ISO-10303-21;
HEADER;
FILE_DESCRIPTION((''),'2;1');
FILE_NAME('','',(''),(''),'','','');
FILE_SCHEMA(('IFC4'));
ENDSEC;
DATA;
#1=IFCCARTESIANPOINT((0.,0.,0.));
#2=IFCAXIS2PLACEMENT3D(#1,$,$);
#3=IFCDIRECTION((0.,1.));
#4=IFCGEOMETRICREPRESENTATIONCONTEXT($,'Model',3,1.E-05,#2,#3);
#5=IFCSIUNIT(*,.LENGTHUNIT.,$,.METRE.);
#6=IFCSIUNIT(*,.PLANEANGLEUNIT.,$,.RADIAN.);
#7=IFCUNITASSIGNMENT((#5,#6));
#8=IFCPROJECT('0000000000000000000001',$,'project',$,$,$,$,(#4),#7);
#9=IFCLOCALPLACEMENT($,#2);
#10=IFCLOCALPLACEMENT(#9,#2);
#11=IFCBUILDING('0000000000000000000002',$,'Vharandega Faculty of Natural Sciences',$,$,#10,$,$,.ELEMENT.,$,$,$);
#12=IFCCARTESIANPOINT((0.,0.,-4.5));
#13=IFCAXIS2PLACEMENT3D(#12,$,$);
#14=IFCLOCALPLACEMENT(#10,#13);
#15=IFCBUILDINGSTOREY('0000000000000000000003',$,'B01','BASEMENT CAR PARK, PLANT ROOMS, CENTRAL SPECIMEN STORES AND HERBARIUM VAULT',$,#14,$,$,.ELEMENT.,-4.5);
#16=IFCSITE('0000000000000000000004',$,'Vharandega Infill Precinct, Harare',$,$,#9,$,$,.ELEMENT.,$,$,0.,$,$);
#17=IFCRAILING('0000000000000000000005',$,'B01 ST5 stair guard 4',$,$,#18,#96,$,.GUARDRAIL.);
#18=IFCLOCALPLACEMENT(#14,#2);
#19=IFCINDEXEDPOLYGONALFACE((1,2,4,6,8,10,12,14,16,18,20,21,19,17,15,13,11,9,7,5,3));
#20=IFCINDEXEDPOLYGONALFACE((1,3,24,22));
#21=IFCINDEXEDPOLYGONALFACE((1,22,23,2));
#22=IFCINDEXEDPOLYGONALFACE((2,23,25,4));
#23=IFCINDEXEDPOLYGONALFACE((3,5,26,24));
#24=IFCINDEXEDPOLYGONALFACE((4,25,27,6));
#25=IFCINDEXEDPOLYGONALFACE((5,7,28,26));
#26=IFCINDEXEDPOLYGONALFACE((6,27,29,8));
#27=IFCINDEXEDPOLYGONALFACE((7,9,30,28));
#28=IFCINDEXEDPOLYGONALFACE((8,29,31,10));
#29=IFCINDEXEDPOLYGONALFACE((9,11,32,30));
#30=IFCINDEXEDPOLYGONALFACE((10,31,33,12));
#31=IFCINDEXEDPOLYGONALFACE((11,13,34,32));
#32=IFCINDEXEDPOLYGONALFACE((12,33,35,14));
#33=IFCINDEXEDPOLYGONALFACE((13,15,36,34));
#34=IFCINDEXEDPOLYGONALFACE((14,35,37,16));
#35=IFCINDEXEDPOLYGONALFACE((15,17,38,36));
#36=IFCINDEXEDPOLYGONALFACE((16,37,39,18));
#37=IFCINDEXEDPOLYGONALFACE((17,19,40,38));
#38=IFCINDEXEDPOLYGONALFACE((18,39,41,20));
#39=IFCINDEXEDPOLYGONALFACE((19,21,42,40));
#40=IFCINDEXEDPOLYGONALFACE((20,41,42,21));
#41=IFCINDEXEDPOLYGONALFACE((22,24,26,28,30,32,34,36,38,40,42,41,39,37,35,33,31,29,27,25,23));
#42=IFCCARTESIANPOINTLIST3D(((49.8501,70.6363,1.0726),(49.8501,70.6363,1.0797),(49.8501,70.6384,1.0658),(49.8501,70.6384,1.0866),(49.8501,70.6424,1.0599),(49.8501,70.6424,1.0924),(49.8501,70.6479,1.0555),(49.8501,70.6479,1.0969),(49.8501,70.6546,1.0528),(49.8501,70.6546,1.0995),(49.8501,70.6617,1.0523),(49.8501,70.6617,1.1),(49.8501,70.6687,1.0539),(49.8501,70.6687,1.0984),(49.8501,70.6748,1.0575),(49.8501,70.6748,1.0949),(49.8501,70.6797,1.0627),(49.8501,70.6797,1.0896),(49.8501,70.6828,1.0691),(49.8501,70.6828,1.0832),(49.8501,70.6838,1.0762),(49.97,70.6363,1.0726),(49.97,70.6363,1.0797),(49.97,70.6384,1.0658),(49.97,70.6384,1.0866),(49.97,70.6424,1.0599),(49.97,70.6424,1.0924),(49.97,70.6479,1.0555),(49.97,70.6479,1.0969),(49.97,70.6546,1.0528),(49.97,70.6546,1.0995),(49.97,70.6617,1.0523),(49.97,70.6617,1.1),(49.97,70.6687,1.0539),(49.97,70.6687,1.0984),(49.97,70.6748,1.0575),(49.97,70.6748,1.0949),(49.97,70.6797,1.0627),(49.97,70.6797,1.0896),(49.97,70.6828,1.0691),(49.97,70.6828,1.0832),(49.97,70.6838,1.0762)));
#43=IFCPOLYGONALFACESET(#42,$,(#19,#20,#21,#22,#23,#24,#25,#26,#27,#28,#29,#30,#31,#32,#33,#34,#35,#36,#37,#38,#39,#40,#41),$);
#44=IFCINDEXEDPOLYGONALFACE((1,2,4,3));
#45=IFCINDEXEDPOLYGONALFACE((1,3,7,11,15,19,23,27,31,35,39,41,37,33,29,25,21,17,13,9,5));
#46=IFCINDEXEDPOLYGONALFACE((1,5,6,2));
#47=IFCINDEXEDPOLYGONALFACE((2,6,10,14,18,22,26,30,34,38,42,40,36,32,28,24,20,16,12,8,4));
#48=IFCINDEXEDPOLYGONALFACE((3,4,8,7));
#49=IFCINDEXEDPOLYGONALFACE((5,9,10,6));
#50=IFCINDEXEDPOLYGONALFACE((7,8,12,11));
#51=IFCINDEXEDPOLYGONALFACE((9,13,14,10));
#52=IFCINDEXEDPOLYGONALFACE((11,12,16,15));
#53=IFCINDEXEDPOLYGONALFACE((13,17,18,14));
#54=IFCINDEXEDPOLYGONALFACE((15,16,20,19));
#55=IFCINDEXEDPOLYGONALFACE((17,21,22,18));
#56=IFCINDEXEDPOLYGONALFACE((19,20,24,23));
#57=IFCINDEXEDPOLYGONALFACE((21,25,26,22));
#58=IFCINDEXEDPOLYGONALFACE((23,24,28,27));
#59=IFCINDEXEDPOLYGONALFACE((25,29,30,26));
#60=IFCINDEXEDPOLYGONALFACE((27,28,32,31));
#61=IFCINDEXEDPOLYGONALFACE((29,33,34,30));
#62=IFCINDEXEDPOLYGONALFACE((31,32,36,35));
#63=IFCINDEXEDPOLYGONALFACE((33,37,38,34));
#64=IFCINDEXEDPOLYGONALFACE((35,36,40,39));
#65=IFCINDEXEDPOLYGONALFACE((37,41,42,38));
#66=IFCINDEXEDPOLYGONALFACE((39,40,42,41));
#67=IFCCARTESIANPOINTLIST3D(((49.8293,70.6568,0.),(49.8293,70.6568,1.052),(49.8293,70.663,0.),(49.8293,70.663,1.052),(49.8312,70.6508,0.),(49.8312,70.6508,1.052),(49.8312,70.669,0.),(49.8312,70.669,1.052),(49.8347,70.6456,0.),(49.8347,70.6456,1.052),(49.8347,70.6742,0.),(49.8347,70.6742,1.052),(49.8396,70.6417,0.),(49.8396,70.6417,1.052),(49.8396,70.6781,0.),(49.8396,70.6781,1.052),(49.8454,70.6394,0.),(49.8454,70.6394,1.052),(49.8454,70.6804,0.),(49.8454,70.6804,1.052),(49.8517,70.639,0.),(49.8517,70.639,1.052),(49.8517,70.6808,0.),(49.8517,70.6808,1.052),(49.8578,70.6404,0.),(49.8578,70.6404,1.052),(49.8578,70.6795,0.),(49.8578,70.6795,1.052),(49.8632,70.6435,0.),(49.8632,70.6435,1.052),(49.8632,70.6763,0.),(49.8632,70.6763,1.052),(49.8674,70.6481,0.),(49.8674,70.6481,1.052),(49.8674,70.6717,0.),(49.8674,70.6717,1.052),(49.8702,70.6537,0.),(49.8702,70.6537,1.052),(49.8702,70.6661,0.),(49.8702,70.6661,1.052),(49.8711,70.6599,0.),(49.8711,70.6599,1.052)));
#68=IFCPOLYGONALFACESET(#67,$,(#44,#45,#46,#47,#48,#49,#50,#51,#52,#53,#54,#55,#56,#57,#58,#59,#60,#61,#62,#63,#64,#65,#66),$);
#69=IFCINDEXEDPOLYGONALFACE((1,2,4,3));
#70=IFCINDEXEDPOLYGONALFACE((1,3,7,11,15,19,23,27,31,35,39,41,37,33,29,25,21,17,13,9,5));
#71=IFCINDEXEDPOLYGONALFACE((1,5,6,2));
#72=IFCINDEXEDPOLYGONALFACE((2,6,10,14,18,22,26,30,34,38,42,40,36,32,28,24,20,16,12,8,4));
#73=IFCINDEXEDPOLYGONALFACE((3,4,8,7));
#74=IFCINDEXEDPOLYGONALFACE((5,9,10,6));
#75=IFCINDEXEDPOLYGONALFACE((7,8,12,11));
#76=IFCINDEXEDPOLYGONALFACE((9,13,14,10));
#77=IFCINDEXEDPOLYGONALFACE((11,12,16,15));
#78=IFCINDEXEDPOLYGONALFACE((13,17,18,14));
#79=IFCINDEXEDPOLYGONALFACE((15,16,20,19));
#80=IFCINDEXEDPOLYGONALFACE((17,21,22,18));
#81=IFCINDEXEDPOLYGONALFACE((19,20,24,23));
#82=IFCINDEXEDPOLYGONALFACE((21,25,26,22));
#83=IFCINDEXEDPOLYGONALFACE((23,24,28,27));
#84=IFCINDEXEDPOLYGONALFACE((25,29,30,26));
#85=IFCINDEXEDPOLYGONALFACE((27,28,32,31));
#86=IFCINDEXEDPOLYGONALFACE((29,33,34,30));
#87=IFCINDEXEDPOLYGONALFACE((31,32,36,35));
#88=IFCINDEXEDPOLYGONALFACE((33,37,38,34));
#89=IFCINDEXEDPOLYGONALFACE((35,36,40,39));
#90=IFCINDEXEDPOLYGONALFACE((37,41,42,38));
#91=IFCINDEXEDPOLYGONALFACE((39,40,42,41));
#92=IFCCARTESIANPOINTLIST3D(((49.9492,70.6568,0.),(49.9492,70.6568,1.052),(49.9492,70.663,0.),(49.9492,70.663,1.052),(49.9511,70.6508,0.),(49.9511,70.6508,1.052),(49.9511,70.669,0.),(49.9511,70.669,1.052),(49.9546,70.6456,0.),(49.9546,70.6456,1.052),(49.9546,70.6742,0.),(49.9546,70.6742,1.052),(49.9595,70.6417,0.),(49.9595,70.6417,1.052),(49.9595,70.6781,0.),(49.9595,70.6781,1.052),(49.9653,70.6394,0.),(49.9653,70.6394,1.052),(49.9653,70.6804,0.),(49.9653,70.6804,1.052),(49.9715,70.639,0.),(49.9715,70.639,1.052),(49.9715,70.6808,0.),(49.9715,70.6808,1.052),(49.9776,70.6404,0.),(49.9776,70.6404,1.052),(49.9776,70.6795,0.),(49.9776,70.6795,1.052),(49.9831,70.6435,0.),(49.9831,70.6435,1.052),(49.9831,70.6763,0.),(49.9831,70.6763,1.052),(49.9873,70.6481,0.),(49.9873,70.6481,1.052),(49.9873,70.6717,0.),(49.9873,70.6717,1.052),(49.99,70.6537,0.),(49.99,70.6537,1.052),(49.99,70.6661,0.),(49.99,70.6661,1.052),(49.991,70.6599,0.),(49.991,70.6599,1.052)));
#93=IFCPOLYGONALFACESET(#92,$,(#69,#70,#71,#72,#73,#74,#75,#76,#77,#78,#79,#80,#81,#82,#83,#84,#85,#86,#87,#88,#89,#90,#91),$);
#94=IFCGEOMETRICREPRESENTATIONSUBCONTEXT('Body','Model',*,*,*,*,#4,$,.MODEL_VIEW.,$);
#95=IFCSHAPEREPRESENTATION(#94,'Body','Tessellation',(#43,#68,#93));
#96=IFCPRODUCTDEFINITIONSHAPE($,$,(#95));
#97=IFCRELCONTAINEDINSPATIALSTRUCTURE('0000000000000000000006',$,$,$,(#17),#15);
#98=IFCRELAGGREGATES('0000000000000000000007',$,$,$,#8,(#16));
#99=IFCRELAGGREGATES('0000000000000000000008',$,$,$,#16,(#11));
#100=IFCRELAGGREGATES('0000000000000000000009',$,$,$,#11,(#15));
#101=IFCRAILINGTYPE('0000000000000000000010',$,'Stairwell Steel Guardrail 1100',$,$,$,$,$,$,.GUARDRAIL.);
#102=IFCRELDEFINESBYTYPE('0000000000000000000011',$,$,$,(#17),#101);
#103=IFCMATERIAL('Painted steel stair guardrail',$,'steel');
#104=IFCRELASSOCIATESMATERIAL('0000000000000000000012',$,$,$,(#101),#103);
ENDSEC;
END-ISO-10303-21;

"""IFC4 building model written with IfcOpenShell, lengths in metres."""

from ifc_helpers import new_model, si_unit, direction, frame, origin, origin_2d, place, context, subcontext, project, spatial, circle, extrude, material, type_object, element, save


model = new_model("IFC4")

# Units and contexts
model_context = context("Model", 3, precision=1e-05, world=origin(), true_north=direction((0.0, 1.0)))
body_context = subcontext(model_context, "Body", "Model", "MODEL_VIEW")
ifc_project = project(units=[si_unit("LENGTHUNIT", "METRE"), si_unit("PLANEANGLEUNIT", "RADIAN")], contexts=[model_context])

# Site, building, storey
site_placement = place(None, origin())
site = spatial("IfcSite", under=ifc_project, at=site_placement, Name="Vharandega Infill Precinct, Harare", CompositionType="ELEMENT", RefElevation=0.0)
building_placement = place(site_placement, origin())
building = spatial("IfcBuilding", under=site, at=building_placement, Name="Vharandega Faculty of Natural Sciences", CompositionType="ELEMENT")
storey_placement = place(building_placement, frame((0.0, 0.0, -4.5)))
storey = spatial("IfcBuildingStorey", under=building, at=storey_placement, Name="B01", Description="BASEMENT CAR PARK, PLANT ROOMS, CENTRAL SPECIMEN STORES AND HERBARIUM VAULT", CompositionType="ELEMENT", Elevation=-4.5)

# Railing
ifc_material_1 = material(Name="Painted steel stair guardrail", Category="steel")
railing_type_1 = type_object("IfcRailingType", Name="Stairwell Steel Guardrail 1100", PredefinedType="GUARDRAIL", material=ifc_material_1)
railing_1_placement = place(storey_placement, frame((49.8501, 70.6599, 0.0)))
element("IfcRailing", 1, at=railing_1_placement, inside=storey, type_object=railing_type_1, Name="B01 ST5 stair guard 4", PredefinedType="GUARDRAIL", context=body_context, shape_type="SweptSolid", body=[
    extrude(circle(Radius=0.0239, at=origin_2d()), frame((0.0, 0.0, 1.0762), z_axis=(1.0, 0.0, 0.0), x_axis=(0.0, 1.0, 0.0)), (0.0, 0.0, 1.0), 0.1199),
    extrude(circle(Radius=0.021, at=origin_2d()), origin(), (0.0, 0.0, 1.0), 1.052),
    extrude(circle(Radius=0.021, at=origin_2d()), frame((0.1199, 0.0, 0.0)), (0.0, 0.0, 1.0), 1.052),
])

save(model, "model.ifc")
